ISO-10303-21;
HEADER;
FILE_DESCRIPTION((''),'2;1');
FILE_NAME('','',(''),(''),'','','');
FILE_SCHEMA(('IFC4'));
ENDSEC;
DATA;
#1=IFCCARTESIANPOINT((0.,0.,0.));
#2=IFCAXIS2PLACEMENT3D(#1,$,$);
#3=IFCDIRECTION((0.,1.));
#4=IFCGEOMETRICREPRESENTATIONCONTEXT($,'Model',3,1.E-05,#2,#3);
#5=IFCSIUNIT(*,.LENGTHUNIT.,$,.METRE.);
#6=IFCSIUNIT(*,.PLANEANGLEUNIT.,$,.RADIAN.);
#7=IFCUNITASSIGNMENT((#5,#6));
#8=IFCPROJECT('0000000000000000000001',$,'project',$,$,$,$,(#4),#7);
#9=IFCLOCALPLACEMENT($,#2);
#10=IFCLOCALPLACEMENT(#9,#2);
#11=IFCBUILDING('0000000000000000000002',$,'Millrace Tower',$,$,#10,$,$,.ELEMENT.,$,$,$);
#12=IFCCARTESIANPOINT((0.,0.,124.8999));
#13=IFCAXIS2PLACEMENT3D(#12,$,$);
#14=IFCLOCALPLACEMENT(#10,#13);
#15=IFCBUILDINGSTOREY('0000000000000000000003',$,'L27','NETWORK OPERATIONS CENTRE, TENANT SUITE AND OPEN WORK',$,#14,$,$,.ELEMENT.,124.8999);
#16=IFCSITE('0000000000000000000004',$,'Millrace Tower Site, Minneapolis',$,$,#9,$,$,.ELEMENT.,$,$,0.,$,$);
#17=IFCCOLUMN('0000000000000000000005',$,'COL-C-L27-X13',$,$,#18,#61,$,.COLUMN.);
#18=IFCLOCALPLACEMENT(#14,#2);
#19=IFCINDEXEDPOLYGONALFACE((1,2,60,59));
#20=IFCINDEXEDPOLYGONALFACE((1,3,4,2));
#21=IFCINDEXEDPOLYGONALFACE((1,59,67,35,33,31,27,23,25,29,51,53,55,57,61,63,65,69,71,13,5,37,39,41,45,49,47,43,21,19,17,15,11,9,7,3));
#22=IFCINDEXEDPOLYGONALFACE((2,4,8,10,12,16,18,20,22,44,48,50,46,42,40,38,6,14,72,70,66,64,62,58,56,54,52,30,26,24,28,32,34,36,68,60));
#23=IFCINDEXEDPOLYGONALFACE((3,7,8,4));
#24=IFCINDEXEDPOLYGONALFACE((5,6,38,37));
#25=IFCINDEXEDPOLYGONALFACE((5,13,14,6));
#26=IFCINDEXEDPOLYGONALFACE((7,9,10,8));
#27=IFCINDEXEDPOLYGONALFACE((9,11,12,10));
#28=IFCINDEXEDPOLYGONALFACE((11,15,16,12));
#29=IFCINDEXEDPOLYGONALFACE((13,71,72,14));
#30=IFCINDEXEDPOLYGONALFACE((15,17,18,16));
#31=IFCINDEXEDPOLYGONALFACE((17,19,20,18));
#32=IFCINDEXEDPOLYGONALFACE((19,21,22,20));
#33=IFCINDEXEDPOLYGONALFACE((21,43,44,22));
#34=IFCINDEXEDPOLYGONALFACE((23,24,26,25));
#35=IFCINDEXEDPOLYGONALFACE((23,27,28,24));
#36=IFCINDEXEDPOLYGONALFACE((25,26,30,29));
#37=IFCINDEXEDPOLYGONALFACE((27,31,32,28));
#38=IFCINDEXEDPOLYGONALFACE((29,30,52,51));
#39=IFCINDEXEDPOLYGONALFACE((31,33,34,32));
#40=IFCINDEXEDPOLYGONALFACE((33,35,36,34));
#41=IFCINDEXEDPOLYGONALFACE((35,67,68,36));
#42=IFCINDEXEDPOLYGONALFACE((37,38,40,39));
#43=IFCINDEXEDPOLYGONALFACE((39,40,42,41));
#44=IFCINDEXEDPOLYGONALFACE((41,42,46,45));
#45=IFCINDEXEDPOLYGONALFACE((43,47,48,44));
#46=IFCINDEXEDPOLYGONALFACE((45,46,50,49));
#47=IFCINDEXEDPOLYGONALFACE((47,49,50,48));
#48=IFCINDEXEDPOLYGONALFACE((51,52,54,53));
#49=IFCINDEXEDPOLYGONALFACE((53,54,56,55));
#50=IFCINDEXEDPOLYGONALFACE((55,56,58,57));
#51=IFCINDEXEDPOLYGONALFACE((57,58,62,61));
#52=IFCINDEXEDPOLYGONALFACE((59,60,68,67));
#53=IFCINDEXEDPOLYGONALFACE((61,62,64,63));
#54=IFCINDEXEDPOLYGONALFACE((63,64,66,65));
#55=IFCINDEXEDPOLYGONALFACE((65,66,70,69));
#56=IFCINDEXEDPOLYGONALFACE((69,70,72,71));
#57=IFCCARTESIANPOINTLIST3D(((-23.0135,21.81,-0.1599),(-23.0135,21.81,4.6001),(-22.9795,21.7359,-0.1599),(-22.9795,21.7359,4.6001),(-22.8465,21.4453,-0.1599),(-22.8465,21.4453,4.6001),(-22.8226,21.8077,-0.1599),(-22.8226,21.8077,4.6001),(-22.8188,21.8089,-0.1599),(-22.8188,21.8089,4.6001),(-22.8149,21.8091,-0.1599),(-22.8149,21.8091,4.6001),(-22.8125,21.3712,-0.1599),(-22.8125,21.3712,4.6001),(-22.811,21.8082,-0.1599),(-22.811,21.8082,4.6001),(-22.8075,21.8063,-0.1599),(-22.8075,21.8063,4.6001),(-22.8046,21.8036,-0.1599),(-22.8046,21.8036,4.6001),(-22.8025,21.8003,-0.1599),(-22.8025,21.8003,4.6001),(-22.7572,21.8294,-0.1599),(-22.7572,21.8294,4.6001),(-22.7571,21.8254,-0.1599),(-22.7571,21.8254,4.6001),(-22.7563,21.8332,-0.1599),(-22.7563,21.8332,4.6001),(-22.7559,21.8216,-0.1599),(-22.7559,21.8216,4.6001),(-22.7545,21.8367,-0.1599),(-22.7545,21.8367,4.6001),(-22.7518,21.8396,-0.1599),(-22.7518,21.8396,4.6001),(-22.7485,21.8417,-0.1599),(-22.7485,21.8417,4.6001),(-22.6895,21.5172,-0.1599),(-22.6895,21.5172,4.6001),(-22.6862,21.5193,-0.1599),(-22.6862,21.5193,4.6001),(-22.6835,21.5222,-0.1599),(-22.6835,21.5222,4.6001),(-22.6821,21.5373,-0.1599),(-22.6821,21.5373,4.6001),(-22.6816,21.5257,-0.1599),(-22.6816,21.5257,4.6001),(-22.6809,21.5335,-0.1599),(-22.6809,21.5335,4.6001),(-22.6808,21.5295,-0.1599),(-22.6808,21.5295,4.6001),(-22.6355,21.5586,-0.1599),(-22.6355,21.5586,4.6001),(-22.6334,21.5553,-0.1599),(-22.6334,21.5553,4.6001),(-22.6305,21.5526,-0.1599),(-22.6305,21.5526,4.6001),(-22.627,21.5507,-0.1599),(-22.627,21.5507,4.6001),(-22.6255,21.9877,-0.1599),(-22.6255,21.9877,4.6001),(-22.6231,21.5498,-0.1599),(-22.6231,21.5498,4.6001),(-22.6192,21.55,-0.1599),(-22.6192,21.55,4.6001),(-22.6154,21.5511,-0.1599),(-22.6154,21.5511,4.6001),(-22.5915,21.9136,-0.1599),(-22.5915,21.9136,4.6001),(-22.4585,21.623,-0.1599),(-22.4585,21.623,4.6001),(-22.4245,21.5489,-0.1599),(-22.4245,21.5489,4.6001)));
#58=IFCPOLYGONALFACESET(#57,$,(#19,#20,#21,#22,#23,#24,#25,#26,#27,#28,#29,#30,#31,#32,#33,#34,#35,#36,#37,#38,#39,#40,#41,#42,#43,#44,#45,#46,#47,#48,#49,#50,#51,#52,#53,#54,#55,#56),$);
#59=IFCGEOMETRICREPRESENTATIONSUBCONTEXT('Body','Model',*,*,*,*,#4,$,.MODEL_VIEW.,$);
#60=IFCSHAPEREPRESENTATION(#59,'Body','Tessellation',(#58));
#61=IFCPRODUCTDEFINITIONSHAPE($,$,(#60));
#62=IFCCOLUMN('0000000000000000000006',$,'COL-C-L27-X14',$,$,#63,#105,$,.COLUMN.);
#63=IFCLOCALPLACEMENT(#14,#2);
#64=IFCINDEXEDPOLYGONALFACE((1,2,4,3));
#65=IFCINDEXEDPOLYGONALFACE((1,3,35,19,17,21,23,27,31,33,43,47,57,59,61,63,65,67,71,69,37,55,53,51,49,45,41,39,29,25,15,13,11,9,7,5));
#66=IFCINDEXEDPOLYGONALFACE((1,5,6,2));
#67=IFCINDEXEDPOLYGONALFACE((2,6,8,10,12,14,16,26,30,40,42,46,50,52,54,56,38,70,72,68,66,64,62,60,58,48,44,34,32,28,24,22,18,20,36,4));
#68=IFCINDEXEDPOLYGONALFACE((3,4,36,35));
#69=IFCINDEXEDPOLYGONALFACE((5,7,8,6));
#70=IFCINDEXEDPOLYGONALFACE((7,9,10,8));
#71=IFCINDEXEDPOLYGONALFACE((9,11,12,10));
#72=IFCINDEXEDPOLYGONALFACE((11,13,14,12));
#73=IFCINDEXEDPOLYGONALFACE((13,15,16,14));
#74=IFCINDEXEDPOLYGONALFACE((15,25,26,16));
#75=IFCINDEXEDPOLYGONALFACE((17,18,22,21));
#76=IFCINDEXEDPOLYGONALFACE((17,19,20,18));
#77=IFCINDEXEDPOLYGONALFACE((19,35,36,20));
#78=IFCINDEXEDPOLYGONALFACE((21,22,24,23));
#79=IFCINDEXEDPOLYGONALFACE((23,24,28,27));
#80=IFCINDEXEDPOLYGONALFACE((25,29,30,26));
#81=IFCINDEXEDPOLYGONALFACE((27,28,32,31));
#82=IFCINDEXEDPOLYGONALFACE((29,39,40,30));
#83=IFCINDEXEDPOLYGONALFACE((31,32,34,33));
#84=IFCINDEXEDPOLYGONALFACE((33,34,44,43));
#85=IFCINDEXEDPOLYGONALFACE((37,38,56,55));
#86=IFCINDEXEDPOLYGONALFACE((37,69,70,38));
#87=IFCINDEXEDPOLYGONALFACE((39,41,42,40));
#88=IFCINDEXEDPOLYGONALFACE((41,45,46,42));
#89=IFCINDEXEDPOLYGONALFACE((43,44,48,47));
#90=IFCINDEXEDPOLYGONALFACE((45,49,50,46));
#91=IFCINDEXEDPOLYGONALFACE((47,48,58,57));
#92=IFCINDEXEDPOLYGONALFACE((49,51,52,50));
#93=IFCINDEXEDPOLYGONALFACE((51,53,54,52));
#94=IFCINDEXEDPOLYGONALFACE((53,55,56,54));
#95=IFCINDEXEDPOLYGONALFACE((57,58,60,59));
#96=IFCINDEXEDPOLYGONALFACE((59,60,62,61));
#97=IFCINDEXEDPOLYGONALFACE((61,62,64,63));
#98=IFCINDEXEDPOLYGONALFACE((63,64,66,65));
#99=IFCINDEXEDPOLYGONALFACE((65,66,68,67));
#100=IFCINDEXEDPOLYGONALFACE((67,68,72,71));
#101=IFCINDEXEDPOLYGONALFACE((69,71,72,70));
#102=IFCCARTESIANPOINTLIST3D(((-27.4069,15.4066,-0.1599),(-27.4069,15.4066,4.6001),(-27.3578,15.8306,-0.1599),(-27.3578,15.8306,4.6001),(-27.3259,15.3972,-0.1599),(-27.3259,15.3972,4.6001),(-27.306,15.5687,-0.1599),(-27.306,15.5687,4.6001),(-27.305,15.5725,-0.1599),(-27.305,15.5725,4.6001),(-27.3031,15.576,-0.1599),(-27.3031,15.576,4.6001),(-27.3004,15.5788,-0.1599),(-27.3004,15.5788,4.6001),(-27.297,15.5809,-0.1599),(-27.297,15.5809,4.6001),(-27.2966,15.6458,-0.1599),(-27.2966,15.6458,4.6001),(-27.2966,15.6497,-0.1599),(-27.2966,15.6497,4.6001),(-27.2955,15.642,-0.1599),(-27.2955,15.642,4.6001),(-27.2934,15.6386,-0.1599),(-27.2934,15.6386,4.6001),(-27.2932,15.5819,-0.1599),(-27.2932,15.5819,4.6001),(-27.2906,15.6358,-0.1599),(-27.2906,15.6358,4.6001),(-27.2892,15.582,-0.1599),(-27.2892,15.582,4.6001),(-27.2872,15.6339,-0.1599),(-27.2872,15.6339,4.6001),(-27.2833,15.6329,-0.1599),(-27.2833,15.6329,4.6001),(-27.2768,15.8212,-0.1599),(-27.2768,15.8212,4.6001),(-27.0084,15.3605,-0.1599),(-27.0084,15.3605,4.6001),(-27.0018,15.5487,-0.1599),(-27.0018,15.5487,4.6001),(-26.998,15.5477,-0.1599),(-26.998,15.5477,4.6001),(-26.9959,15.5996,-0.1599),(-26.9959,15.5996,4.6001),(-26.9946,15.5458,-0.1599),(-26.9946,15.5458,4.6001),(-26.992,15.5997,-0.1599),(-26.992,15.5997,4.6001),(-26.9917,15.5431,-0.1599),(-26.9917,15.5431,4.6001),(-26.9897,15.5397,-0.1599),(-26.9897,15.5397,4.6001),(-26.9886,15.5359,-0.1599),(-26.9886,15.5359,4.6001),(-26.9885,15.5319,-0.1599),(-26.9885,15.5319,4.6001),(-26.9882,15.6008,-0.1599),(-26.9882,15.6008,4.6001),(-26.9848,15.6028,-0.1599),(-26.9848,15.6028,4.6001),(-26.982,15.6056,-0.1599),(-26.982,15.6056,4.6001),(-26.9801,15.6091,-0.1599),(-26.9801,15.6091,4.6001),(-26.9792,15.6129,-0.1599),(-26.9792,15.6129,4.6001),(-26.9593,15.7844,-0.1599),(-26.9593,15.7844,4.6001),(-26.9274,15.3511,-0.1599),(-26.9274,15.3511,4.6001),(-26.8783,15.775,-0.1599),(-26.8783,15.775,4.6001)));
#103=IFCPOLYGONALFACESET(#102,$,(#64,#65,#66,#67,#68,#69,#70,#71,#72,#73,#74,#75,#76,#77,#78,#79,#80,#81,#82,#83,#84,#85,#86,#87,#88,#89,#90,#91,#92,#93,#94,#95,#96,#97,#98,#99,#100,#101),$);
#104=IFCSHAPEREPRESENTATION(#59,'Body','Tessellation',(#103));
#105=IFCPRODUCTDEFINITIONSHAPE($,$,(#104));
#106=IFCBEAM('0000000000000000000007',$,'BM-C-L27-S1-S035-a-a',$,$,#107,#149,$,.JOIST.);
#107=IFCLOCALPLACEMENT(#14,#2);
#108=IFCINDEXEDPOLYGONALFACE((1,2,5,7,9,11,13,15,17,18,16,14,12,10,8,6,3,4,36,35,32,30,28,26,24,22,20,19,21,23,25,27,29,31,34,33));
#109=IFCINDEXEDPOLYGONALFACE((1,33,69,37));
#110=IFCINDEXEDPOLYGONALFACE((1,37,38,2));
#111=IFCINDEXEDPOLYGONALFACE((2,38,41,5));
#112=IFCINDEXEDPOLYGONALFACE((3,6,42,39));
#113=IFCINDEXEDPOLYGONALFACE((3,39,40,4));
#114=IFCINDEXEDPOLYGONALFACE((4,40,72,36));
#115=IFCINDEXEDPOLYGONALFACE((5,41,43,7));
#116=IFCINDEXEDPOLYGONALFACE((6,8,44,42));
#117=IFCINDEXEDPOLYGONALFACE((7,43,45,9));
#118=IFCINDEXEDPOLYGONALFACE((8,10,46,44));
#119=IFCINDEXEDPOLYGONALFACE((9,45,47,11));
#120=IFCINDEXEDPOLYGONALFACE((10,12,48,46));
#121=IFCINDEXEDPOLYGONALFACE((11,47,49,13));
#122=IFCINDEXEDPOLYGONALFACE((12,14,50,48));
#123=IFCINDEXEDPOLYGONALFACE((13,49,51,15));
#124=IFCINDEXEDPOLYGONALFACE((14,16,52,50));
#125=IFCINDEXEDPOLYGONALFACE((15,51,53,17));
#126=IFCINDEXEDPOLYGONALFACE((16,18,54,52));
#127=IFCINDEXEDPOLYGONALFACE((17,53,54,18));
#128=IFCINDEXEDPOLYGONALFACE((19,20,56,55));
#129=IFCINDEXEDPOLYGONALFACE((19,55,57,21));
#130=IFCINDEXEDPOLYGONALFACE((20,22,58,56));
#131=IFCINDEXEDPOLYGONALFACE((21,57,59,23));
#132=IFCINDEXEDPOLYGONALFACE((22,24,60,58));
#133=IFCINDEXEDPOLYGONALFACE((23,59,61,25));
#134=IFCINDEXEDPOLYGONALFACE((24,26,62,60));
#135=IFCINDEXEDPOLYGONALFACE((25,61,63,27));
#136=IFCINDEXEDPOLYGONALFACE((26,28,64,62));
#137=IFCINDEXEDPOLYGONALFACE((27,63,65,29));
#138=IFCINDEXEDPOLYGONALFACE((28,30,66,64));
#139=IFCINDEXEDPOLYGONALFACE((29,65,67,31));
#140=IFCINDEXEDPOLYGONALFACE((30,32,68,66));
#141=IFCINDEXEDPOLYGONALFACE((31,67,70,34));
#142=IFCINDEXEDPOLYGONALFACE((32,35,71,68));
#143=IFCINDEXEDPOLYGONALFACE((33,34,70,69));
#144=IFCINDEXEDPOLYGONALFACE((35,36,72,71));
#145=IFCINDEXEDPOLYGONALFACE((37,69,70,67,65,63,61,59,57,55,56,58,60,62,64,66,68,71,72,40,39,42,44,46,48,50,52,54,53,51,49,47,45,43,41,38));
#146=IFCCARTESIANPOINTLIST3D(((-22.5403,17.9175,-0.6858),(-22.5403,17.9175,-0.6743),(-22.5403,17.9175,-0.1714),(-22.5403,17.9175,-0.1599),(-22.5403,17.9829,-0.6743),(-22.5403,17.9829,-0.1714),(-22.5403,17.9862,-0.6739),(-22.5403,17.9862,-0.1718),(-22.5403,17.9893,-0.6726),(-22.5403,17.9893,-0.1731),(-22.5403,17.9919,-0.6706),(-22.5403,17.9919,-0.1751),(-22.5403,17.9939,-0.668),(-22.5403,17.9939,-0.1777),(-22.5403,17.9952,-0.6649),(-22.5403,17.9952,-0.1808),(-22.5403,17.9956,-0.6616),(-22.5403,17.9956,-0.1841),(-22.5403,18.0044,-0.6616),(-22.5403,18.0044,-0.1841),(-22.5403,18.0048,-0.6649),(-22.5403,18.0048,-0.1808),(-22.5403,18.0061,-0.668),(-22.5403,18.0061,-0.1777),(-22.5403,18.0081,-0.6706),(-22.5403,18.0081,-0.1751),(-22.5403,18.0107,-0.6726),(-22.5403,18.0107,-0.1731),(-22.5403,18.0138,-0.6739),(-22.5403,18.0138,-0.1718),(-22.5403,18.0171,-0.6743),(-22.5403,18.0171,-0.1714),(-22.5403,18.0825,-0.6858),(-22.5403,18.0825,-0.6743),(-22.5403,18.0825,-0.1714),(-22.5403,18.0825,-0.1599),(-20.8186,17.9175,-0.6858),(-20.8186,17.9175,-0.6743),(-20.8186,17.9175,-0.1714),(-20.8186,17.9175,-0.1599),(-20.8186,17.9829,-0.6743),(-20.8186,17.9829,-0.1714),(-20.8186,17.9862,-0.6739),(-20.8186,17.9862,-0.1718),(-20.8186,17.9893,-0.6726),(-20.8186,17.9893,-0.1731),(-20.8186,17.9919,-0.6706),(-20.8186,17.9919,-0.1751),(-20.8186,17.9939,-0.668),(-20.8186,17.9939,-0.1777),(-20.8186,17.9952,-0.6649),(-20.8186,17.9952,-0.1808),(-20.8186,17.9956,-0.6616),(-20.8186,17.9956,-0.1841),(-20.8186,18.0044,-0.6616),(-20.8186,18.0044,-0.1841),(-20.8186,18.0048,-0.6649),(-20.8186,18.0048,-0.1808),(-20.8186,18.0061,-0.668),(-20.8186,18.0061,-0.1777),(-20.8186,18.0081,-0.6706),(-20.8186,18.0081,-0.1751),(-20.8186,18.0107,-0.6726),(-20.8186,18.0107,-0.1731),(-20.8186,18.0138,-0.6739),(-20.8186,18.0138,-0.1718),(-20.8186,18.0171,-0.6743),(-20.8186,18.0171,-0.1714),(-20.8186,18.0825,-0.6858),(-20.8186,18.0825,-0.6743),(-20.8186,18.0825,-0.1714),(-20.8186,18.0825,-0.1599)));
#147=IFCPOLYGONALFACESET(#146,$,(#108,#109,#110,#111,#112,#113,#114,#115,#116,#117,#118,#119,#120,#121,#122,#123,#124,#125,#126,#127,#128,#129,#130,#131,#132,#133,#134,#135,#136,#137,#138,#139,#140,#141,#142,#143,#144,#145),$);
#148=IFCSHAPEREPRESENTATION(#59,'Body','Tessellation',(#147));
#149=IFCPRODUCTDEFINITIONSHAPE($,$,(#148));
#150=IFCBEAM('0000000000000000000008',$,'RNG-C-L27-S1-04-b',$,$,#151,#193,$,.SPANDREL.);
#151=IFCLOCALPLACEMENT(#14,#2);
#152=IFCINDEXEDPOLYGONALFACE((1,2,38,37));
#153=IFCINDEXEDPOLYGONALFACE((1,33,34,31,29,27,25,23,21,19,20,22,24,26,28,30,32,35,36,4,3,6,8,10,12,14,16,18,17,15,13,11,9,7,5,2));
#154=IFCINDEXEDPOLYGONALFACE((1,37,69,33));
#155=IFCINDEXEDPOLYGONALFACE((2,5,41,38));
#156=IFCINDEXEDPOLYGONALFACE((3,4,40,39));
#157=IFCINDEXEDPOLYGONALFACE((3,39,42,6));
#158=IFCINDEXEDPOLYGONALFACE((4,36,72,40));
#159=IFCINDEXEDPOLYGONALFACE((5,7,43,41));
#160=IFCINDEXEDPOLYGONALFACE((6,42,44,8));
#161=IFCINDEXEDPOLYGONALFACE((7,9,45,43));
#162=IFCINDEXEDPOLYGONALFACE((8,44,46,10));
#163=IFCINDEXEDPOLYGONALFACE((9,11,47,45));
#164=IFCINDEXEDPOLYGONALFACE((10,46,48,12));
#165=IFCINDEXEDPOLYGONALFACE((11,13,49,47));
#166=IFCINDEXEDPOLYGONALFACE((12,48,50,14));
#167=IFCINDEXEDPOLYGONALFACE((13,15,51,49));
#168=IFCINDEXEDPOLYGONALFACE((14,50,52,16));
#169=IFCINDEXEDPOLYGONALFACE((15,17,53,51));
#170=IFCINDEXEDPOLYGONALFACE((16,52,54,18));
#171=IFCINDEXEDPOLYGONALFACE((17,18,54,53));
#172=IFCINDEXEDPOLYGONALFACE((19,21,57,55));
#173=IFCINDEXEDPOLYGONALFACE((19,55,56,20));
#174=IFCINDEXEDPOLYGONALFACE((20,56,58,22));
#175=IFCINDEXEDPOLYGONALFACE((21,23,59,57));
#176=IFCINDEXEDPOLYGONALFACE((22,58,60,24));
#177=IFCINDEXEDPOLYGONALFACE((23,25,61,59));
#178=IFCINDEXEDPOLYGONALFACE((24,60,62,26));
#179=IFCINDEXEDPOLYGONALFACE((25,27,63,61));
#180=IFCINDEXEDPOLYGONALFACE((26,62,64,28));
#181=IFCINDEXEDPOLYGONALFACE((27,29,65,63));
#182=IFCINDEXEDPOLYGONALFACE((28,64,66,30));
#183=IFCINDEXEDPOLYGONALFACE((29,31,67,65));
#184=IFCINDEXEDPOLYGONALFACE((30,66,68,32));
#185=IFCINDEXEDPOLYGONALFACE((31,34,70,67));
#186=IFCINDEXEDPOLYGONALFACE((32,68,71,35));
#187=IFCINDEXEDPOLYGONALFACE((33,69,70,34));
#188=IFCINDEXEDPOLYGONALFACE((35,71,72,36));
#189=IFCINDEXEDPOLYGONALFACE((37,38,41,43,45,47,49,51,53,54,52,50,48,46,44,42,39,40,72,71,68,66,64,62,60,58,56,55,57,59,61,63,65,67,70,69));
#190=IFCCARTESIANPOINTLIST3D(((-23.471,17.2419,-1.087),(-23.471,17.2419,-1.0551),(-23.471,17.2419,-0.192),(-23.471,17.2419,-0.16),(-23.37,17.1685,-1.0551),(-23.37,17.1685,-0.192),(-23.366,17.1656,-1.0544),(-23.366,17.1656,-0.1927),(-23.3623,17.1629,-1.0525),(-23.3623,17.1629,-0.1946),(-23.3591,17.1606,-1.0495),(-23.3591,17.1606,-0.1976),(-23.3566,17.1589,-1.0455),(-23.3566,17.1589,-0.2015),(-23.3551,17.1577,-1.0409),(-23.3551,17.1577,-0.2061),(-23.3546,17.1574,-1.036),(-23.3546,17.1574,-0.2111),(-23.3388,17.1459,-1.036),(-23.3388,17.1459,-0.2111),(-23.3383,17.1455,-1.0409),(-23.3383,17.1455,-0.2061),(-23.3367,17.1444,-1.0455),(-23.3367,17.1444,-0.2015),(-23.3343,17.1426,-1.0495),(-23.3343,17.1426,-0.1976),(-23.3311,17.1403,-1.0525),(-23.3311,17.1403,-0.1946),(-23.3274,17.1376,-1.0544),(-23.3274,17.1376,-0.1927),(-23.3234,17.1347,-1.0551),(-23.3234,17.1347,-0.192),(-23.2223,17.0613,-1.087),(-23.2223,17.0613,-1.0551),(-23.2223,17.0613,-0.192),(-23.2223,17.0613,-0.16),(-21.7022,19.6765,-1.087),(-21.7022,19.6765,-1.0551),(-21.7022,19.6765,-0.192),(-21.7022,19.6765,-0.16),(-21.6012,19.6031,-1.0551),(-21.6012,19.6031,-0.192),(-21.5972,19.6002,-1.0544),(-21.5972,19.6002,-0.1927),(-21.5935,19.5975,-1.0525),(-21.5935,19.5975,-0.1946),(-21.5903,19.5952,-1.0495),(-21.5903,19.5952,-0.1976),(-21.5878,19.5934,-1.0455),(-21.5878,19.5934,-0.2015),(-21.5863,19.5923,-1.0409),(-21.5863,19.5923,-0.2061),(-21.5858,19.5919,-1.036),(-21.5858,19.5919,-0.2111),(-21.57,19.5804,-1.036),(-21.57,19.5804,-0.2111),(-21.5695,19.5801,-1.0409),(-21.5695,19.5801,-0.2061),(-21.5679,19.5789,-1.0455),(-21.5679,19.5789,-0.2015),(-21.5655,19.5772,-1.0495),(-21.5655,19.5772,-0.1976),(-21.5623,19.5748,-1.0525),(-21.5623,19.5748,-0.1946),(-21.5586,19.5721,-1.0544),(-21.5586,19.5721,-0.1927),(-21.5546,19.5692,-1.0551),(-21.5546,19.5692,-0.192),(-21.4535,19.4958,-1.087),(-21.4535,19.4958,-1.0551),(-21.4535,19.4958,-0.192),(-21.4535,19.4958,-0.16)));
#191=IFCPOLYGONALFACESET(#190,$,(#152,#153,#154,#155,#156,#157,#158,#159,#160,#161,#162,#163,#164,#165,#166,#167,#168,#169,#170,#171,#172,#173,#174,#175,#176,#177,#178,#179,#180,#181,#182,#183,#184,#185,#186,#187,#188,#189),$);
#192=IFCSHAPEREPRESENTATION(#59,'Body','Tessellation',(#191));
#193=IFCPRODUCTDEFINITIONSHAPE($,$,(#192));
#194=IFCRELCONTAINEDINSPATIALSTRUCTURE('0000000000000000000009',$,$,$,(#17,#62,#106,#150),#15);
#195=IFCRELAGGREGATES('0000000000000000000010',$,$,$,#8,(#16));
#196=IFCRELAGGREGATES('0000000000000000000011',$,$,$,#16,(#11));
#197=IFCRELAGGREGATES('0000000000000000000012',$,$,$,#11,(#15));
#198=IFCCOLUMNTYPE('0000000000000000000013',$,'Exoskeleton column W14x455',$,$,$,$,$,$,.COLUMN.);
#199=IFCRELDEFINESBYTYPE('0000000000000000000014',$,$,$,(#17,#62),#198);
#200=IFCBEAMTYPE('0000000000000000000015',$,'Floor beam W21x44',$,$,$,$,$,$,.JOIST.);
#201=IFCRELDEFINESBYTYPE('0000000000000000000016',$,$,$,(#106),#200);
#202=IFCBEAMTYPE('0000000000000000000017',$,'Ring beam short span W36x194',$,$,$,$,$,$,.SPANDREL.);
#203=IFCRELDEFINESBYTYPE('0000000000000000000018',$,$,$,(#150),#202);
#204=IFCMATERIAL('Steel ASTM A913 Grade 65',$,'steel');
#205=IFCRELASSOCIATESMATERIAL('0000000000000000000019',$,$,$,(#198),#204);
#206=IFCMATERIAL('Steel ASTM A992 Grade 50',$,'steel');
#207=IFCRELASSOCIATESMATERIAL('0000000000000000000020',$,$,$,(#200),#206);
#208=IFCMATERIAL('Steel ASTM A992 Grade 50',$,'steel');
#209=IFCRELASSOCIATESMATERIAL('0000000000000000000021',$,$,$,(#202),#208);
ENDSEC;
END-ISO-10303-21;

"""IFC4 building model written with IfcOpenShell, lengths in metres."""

from ifc_helpers import new_model, si_unit, direction, frame, origin, origin_2d, place, context, subcontext, project, spatial, i_section, extrude, material, material_profile, profile_set, type_object, element, save


model = new_model("IFC4")

# Units and contexts
model_context = context("Model", 3, precision=1e-05, world=origin(), true_north=direction((0.0, 1.0)))
body_context = subcontext(model_context, "Body", "Model", "MODEL_VIEW")
ifc_project = project(units=[si_unit("LENGTHUNIT", "METRE"), si_unit("PLANEANGLEUNIT", "RADIAN")], contexts=[model_context])

# Site, building, storey
site_placement = place(None, origin())
site = spatial("IfcSite", under=ifc_project, at=site_placement, Name="Millrace Tower Site, Minneapolis", CompositionType="ELEMENT", RefElevation=0.0)
building_placement = place(site_placement, origin())
building = spatial("IfcBuilding", under=site, at=building_placement, Name="Millrace Tower", CompositionType="ELEMENT")
storey_placement = place(building_placement, frame((0.0, 0.0, 124.8999)))
storey = spatial("IfcBuildingStorey", under=building, at=storey_placement, Name="L27", Description="NETWORK OPERATIONS CENTRE, TENANT SUITE AND OPEN WORK", CompositionType="ELEMENT", Elevation=124.8999)

# Columns
ifc_material_1 = material(Name="Steel ASTM A913 Grade 65", Category="steel")
ifc_material_profile_1 = material_profile(ifc_material_1, i_section(OverallWidth=0.4268, OverallDepth=0.4827, WebThickness=0.0513, FlangeThickness=0.0815, FilletRadius=0.0151, at=origin_2d()))
ifc_profile_set_1 = profile_set([ifc_material_profile_1], Name="Steel ASTM A913 Grade 65")
column_type = type_object("IfcColumnType", Name="Exoskeleton column W14x455", PredefinedType="COLUMN", material=ifc_profile_set_1)
for number, where, z_axis, x_axis, name in (
    (1, (-22.719, 21.6794, -0.1599), (0.0, 0.0, 1.0), (-0.909181, -0.416401, 0.0), "COL-C-L27-X13"),
    (2, (-27.1426, 15.5908, -0.1599), (0.0, 0.0, 1.0), (-0.115069, -0.993358, 0.0), "COL-C-L27-X14"),
):
    element("IfcColumn", number, at=place(storey_placement, frame(where, z_axis=z_axis, x_axis=x_axis)), inside=storey, type_object=column_type, Name=name, PredefinedType="COLUMN", context=body_context, shape_type="SweptSolid", body=[
        extrude(i_section(OverallWidth=0.4268, OverallDepth=0.4827, WebThickness=0.0513, FlangeThickness=0.0815, FilletRadius=0.0151, at=origin_2d()), origin(), (0.0, 0.0, 1.0), 4.76),
    ])

# Beams
ifc_material_2 = material(Name="Steel ASTM A992 Grade 50", Category="steel")
ifc_material_profile_2 = material_profile(ifc_material_2, i_section(OverallWidth=0.165, OverallDepth=0.5259, WebThickness=0.0088, FlangeThickness=0.0115, FilletRadius=0.0127, at=origin_2d()))
ifc_profile_set_2 = profile_set([ifc_material_profile_2], Name="Steel ASTM A992 Grade 50")
beam_type_1 = type_object("IfcBeamType", Name="Floor beam W21x44", PredefinedType="JOIST", material=ifc_profile_set_2)
beam_1_placement = place(storey_placement, frame((-22.5403, 18.0, -0.4229), z_axis=(1.0, 0.0, 0.0), x_axis=(0.0, 1.0, 0.0)))
element("IfcBeam", 3, at=beam_1_placement, inside=storey, type_object=beam_type_1, Name="BM-C-L27-S1-S035-a-a", PredefinedType="JOIST", context=body_context, shape_type="SweptSolid", body=[
    extrude(i_section(OverallWidth=0.165, OverallDepth=0.5259, WebThickness=0.0088, FlangeThickness=0.0115, FilletRadius=0.0127, at=origin_2d()), origin(), (0.0, 0.0, 1.0), 1.7217),
])
ifc_material_3 = material(Name="Steel ASTM A992 Grade 50", Category="steel")
ifc_material_profile_3 = material_profile(ifc_material_3, i_section(OverallWidth=0.3074, OverallDepth=0.927, WebThickness=0.0195, FlangeThickness=0.032, FilletRadius=0.019, at=origin_2d()))
ifc_profile_set_3 = profile_set([ifc_material_profile_3], Name="Steel ASTM A992 Grade 50")
beam_type_2 = type_object("IfcBeamType", Name="Ring beam short span W36x194", PredefinedType="SPANDREL", material=ifc_profile_set_3)
beam_2_placement = place(storey_placement, frame((-23.3467, 17.1516, -0.6235), z_axis=(0.587781, 0.80902, 0.0), x_axis=(-0.80902, 0.587781, 0.0)))
element("IfcBeam", 4, at=beam_2_placement, inside=storey, type_object=beam_type_2, Name="RNG-C-L27-S1-04-b", PredefinedType="SPANDREL", context=body_context, shape_type="SweptSolid", body=[
    extrude(i_section(OverallWidth=0.3074, OverallDepth=0.927, WebThickness=0.0195, FlangeThickness=0.032, FilletRadius=0.019, at=origin_2d()), origin(), (0.0, 0.0, 1.0), 3.0093),
])

save(model, "model.ifc")
